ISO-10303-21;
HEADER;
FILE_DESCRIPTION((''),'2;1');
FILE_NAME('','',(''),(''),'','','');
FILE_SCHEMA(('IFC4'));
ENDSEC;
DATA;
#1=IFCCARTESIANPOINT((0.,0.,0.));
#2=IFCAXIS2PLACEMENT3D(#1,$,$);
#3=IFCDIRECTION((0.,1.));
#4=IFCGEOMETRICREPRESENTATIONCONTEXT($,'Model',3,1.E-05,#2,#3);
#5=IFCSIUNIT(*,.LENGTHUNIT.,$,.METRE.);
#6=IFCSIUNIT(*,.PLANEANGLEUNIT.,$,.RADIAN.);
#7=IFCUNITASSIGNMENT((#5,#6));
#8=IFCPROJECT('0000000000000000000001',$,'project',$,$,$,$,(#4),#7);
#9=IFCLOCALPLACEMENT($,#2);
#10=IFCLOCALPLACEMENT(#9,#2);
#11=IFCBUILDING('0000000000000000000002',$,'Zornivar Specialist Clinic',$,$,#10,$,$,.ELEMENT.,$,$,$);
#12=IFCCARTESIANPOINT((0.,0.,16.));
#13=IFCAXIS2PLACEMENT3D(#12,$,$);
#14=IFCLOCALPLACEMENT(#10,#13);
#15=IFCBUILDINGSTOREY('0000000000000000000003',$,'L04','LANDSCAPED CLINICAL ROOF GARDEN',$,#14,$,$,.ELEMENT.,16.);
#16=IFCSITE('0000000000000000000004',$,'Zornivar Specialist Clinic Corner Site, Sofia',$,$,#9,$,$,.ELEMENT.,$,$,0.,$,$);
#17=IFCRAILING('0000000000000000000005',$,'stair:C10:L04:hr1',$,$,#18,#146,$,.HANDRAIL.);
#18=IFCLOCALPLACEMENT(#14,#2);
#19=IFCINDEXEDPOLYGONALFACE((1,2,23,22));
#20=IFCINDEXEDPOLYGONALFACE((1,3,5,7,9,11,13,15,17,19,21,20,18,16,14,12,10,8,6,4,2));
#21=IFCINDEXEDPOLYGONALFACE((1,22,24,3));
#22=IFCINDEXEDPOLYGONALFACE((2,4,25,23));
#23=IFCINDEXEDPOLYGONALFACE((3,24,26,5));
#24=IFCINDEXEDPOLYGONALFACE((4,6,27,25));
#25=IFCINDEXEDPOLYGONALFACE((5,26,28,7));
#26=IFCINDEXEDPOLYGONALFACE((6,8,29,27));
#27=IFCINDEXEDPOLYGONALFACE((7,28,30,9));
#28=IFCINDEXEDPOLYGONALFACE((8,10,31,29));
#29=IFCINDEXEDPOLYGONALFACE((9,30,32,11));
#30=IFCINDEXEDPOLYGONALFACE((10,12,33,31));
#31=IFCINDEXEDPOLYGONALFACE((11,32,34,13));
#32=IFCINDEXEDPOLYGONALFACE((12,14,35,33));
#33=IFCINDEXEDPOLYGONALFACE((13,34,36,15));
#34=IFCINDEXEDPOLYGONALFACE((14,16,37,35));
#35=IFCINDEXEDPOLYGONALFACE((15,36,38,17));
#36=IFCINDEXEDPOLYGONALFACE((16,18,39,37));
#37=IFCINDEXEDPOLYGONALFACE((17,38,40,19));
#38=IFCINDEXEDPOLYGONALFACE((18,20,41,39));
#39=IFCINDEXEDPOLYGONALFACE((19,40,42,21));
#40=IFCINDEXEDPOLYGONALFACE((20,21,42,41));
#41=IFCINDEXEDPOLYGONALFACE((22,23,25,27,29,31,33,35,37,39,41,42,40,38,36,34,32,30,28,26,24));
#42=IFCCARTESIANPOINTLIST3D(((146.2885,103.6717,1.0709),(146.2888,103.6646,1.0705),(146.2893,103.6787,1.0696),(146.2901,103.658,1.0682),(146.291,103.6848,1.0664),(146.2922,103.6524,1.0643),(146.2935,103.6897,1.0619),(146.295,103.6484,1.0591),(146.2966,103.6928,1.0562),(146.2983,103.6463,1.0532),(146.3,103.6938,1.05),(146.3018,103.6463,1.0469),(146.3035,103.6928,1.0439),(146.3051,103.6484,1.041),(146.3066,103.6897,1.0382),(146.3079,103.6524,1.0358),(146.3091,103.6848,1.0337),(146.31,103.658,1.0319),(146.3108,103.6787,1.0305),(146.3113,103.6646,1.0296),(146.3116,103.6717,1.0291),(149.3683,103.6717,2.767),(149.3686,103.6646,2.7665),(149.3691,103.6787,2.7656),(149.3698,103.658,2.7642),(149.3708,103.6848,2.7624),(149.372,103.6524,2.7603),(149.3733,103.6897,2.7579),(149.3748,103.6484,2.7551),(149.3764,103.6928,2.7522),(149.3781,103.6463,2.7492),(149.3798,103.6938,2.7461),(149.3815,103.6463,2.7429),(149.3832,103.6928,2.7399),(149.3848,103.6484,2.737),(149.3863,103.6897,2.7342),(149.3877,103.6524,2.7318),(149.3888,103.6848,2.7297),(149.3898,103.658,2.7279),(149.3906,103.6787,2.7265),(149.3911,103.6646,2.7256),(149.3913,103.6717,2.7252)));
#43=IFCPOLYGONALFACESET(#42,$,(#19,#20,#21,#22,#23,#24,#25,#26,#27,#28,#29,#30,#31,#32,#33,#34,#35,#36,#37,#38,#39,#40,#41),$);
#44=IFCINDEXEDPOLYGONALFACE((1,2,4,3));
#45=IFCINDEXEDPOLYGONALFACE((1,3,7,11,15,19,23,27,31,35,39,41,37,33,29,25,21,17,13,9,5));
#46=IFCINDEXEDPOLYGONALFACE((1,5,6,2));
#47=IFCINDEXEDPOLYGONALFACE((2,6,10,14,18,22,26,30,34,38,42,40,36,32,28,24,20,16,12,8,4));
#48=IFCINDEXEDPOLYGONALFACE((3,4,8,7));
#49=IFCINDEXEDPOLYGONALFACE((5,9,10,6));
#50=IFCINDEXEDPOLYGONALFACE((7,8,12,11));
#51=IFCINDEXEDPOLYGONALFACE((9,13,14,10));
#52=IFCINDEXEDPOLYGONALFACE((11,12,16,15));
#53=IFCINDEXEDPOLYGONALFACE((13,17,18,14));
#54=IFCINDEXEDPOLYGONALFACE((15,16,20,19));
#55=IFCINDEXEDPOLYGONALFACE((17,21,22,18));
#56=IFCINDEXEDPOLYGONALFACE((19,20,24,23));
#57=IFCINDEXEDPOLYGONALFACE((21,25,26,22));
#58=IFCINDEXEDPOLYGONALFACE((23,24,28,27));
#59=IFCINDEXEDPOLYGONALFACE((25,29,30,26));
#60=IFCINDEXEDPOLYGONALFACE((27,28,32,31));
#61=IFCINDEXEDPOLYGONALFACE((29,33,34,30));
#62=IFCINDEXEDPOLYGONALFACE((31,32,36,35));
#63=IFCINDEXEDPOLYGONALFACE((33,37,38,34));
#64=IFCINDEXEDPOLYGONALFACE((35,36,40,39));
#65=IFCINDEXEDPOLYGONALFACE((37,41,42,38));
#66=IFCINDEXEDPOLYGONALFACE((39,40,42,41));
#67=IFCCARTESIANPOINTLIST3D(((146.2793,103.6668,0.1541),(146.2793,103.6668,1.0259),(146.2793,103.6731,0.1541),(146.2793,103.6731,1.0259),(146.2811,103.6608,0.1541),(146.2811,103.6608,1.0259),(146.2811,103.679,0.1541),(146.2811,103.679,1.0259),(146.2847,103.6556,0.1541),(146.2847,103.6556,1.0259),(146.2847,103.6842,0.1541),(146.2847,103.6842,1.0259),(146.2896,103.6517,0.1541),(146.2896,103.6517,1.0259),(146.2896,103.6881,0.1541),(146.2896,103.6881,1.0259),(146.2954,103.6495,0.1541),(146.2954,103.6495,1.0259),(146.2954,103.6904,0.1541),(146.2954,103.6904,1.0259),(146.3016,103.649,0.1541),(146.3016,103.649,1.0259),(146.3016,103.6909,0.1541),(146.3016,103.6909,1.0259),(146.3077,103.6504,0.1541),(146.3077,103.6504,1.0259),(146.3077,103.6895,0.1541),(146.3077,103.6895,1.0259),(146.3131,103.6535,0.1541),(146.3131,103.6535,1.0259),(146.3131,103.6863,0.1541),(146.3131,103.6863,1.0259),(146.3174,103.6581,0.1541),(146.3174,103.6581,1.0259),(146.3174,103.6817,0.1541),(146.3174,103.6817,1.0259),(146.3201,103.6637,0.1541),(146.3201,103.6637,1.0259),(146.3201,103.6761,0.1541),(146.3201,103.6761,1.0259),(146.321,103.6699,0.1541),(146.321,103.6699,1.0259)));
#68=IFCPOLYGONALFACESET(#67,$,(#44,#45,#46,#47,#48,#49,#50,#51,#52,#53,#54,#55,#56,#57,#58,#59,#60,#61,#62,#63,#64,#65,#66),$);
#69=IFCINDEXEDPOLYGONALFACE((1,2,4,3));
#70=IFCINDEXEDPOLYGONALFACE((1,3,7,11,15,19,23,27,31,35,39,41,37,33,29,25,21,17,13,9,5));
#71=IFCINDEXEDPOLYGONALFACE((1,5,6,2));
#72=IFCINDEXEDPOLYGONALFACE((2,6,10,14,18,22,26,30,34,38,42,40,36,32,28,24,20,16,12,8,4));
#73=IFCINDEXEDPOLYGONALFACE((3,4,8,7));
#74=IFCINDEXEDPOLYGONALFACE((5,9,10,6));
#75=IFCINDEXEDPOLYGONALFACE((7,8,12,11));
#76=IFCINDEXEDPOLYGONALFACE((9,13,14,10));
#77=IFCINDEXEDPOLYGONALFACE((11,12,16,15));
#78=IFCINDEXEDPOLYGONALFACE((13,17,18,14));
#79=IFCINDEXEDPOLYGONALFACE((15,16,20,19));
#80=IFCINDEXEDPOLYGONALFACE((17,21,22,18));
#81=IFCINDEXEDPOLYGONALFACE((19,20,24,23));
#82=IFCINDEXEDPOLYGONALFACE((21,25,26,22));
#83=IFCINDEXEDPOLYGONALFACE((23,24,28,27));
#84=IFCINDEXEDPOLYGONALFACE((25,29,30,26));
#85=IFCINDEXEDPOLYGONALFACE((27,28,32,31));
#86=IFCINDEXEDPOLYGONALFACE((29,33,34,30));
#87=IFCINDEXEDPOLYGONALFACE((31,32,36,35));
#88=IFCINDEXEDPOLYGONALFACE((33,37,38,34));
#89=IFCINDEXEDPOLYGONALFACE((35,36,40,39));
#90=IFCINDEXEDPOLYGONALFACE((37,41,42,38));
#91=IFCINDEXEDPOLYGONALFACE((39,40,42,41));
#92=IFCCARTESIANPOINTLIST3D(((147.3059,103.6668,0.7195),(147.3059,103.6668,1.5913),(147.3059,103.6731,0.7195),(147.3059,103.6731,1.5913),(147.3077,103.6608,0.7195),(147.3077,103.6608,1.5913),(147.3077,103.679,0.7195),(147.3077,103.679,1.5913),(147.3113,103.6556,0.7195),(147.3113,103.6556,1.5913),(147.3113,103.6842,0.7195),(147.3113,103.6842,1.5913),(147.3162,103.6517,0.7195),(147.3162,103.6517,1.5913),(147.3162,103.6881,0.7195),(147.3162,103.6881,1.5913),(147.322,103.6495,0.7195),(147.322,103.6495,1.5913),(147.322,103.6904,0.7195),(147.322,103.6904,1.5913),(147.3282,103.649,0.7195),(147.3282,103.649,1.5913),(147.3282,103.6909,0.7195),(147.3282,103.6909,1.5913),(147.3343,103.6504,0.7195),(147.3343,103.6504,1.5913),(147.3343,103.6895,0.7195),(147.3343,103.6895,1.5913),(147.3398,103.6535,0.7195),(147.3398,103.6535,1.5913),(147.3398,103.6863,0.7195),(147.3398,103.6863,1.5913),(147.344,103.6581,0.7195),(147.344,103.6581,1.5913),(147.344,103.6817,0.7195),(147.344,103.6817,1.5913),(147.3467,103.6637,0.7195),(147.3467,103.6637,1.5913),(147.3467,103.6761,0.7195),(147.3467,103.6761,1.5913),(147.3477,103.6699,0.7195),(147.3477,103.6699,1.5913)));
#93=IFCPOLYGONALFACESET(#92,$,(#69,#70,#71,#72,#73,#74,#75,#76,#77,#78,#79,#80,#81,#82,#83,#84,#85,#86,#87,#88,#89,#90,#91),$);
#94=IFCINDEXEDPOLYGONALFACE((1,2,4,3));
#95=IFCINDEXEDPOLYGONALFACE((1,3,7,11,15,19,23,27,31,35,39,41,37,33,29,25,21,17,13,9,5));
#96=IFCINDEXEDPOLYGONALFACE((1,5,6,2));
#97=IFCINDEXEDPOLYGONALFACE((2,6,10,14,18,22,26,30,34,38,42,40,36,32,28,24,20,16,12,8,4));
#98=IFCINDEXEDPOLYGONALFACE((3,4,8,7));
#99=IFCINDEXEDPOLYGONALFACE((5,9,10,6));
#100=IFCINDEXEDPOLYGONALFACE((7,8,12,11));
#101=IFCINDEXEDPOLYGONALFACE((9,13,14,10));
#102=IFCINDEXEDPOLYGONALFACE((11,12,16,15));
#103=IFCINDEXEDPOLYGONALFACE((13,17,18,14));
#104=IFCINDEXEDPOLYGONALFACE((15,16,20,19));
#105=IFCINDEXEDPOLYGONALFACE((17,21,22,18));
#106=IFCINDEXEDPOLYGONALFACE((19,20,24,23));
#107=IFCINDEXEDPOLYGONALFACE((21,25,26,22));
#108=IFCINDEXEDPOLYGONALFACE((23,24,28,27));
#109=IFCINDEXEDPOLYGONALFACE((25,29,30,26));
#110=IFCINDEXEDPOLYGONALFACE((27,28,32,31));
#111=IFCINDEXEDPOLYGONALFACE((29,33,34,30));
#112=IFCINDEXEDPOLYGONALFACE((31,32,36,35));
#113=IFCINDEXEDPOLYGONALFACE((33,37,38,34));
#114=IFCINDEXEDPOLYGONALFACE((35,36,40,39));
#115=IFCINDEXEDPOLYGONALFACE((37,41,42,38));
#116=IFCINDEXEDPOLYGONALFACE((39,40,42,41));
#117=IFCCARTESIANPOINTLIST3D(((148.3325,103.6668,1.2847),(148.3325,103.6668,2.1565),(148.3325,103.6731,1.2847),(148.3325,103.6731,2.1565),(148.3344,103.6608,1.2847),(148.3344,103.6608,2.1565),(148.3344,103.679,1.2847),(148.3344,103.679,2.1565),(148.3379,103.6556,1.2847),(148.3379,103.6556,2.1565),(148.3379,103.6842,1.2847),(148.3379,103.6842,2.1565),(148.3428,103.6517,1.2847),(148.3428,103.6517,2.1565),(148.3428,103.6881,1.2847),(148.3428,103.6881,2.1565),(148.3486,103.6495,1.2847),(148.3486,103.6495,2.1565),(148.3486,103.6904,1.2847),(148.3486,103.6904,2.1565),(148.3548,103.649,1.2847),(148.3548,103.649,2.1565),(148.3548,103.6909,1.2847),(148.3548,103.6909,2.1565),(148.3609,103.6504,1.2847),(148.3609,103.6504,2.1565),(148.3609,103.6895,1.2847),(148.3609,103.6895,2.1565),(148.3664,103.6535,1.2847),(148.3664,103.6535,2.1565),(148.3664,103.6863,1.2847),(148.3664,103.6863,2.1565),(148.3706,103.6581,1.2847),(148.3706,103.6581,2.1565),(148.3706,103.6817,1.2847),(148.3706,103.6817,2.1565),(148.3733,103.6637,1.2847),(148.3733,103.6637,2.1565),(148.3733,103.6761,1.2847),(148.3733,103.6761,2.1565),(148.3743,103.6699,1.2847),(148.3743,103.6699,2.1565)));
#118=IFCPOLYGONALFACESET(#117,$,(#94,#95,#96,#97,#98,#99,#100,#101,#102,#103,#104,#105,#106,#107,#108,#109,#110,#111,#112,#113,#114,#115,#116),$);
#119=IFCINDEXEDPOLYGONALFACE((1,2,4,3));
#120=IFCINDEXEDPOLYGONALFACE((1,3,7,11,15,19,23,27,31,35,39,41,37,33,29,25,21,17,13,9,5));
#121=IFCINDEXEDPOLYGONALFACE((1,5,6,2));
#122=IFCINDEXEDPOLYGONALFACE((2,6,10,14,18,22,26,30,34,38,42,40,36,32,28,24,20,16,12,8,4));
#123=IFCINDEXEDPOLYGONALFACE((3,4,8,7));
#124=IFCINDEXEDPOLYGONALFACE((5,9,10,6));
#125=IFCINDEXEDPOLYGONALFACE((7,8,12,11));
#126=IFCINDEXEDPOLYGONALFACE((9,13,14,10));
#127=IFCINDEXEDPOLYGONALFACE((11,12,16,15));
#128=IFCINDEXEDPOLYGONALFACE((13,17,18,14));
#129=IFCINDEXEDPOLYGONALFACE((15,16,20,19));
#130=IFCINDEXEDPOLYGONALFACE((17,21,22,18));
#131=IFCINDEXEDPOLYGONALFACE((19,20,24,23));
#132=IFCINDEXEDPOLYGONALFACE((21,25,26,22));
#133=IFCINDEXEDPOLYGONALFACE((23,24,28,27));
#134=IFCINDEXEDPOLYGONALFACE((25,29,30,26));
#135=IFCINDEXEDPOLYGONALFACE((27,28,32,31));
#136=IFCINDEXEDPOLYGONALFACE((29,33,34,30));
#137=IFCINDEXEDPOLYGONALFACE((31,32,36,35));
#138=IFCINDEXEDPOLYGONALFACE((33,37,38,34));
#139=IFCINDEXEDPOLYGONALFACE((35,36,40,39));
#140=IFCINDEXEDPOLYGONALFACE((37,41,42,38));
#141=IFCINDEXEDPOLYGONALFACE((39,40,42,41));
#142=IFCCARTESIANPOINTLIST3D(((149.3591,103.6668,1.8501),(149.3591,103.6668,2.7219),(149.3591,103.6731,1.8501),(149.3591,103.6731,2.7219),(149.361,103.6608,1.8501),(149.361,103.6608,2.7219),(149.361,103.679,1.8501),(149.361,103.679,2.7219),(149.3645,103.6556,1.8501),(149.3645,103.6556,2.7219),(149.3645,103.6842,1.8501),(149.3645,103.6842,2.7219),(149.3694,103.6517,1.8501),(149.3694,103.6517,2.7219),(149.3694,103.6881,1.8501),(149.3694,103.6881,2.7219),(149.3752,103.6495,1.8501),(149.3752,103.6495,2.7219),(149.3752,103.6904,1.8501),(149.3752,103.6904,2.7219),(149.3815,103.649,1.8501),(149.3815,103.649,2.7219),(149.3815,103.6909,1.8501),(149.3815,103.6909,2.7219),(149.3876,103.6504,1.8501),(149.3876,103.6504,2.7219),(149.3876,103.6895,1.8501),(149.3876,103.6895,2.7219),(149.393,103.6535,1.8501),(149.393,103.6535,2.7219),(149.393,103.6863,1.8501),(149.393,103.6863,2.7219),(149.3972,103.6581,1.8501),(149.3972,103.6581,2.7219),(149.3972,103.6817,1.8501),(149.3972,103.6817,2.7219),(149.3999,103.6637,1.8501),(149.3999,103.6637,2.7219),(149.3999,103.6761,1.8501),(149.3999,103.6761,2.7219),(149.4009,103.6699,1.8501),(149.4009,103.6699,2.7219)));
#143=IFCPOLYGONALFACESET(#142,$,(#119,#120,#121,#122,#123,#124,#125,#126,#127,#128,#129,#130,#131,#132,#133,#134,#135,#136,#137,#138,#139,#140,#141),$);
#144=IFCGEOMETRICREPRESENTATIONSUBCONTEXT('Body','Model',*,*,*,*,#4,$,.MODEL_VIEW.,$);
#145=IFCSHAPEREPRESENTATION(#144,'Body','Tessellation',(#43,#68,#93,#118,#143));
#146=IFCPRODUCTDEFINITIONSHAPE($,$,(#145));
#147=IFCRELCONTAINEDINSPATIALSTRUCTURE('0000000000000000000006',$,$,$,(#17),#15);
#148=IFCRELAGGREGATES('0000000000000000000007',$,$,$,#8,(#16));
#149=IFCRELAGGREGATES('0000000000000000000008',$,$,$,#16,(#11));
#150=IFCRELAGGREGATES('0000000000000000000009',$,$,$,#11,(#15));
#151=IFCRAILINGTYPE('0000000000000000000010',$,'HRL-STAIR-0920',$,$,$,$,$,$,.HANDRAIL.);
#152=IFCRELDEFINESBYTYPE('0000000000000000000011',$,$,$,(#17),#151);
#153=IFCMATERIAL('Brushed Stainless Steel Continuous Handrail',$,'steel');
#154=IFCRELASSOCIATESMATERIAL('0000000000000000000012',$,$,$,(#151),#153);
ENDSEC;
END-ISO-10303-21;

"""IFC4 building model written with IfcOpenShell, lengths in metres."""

from ifc_helpers import new_model, si_unit, direction, frame, origin, origin_2d, place, context, subcontext, project, spatial, circle, extrude, material, type_object, element, save


model = new_model("IFC4")

# Units and contexts
model_context = context("Model", 3, precision=1e-05, world=origin(), true_north=direction((0.0, 1.0)))
body_context = subcontext(model_context, "Body", "Model", "MODEL_VIEW")
ifc_project = project(units=[si_unit("LENGTHUNIT", "METRE"), si_unit("PLANEANGLEUNIT", "RADIAN")], contexts=[model_context])

# Site, building, storey
site_placement = place(None, origin())
site = spatial("IfcSite", under=ifc_project, at=site_placement, Name="Zornivar Specialist Clinic Corner Site, Sofia", CompositionType="ELEMENT", RefElevation=0.0)
building_placement = place(site_placement, origin())
building = spatial("IfcBuilding", under=site, at=building_placement, Name="Zornivar Specialist Clinic", CompositionType="ELEMENT")
storey_placement = place(building_placement, frame((0.0, 0.0, 16.0)))
storey = spatial("IfcBuildingStorey", under=building, at=storey_placement, Name="L04", Description="LANDSCAPED CLINICAL ROOF GARDEN", CompositionType="ELEMENT", Elevation=16.0)

# Railing
ifc_material_1 = material(Name="Brushed Stainless Steel Continuous Handrail", Category="steel")
railing_type_1 = type_object("IfcRailingType", Name="HRL-STAIR-0920", PredefinedType="HANDRAIL", material=ifc_material_1)
railing_1_placement = place(storey_placement, frame((146.3, 103.6699, 0.1541)))
element("IfcRailing", 1, at=railing_1_placement, inside=storey, type_object=railing_type_1, Name="stair:C10:L04:hr1", PredefinedType="HANDRAIL", context=body_context, shape_type="SweptSolid", body=[
    extrude(circle(Radius=0.0239, at=origin_2d()), frame((0.0, 0.0, 0.896), z_axis=(0.875959, 0.0, 0.482385), x_axis=(0.0, 1.0, 0.0)), (0.0, 0.0, 1.0), 3.5159),
    extrude(circle(Radius=0.021, at=origin_2d()), origin(), (0.0, 0.0, 1.0), 0.8718),
    extrude(circle(Radius=0.021, at=origin_2d()), frame((1.0266, 0.0, 0.5654)), (0.0, 0.0, 1.0), 0.8718),
    extrude(circle(Radius=0.021, at=origin_2d()), frame((2.0532, 0.0, 1.1306)), (0.0, 0.0, 1.0), 0.8718),
    extrude(circle(Radius=0.021, at=origin_2d()), frame((3.0798, 0.0, 1.696)), (0.0, 0.0, 1.0), 0.8718),
])

save(model, "model.ifc")
